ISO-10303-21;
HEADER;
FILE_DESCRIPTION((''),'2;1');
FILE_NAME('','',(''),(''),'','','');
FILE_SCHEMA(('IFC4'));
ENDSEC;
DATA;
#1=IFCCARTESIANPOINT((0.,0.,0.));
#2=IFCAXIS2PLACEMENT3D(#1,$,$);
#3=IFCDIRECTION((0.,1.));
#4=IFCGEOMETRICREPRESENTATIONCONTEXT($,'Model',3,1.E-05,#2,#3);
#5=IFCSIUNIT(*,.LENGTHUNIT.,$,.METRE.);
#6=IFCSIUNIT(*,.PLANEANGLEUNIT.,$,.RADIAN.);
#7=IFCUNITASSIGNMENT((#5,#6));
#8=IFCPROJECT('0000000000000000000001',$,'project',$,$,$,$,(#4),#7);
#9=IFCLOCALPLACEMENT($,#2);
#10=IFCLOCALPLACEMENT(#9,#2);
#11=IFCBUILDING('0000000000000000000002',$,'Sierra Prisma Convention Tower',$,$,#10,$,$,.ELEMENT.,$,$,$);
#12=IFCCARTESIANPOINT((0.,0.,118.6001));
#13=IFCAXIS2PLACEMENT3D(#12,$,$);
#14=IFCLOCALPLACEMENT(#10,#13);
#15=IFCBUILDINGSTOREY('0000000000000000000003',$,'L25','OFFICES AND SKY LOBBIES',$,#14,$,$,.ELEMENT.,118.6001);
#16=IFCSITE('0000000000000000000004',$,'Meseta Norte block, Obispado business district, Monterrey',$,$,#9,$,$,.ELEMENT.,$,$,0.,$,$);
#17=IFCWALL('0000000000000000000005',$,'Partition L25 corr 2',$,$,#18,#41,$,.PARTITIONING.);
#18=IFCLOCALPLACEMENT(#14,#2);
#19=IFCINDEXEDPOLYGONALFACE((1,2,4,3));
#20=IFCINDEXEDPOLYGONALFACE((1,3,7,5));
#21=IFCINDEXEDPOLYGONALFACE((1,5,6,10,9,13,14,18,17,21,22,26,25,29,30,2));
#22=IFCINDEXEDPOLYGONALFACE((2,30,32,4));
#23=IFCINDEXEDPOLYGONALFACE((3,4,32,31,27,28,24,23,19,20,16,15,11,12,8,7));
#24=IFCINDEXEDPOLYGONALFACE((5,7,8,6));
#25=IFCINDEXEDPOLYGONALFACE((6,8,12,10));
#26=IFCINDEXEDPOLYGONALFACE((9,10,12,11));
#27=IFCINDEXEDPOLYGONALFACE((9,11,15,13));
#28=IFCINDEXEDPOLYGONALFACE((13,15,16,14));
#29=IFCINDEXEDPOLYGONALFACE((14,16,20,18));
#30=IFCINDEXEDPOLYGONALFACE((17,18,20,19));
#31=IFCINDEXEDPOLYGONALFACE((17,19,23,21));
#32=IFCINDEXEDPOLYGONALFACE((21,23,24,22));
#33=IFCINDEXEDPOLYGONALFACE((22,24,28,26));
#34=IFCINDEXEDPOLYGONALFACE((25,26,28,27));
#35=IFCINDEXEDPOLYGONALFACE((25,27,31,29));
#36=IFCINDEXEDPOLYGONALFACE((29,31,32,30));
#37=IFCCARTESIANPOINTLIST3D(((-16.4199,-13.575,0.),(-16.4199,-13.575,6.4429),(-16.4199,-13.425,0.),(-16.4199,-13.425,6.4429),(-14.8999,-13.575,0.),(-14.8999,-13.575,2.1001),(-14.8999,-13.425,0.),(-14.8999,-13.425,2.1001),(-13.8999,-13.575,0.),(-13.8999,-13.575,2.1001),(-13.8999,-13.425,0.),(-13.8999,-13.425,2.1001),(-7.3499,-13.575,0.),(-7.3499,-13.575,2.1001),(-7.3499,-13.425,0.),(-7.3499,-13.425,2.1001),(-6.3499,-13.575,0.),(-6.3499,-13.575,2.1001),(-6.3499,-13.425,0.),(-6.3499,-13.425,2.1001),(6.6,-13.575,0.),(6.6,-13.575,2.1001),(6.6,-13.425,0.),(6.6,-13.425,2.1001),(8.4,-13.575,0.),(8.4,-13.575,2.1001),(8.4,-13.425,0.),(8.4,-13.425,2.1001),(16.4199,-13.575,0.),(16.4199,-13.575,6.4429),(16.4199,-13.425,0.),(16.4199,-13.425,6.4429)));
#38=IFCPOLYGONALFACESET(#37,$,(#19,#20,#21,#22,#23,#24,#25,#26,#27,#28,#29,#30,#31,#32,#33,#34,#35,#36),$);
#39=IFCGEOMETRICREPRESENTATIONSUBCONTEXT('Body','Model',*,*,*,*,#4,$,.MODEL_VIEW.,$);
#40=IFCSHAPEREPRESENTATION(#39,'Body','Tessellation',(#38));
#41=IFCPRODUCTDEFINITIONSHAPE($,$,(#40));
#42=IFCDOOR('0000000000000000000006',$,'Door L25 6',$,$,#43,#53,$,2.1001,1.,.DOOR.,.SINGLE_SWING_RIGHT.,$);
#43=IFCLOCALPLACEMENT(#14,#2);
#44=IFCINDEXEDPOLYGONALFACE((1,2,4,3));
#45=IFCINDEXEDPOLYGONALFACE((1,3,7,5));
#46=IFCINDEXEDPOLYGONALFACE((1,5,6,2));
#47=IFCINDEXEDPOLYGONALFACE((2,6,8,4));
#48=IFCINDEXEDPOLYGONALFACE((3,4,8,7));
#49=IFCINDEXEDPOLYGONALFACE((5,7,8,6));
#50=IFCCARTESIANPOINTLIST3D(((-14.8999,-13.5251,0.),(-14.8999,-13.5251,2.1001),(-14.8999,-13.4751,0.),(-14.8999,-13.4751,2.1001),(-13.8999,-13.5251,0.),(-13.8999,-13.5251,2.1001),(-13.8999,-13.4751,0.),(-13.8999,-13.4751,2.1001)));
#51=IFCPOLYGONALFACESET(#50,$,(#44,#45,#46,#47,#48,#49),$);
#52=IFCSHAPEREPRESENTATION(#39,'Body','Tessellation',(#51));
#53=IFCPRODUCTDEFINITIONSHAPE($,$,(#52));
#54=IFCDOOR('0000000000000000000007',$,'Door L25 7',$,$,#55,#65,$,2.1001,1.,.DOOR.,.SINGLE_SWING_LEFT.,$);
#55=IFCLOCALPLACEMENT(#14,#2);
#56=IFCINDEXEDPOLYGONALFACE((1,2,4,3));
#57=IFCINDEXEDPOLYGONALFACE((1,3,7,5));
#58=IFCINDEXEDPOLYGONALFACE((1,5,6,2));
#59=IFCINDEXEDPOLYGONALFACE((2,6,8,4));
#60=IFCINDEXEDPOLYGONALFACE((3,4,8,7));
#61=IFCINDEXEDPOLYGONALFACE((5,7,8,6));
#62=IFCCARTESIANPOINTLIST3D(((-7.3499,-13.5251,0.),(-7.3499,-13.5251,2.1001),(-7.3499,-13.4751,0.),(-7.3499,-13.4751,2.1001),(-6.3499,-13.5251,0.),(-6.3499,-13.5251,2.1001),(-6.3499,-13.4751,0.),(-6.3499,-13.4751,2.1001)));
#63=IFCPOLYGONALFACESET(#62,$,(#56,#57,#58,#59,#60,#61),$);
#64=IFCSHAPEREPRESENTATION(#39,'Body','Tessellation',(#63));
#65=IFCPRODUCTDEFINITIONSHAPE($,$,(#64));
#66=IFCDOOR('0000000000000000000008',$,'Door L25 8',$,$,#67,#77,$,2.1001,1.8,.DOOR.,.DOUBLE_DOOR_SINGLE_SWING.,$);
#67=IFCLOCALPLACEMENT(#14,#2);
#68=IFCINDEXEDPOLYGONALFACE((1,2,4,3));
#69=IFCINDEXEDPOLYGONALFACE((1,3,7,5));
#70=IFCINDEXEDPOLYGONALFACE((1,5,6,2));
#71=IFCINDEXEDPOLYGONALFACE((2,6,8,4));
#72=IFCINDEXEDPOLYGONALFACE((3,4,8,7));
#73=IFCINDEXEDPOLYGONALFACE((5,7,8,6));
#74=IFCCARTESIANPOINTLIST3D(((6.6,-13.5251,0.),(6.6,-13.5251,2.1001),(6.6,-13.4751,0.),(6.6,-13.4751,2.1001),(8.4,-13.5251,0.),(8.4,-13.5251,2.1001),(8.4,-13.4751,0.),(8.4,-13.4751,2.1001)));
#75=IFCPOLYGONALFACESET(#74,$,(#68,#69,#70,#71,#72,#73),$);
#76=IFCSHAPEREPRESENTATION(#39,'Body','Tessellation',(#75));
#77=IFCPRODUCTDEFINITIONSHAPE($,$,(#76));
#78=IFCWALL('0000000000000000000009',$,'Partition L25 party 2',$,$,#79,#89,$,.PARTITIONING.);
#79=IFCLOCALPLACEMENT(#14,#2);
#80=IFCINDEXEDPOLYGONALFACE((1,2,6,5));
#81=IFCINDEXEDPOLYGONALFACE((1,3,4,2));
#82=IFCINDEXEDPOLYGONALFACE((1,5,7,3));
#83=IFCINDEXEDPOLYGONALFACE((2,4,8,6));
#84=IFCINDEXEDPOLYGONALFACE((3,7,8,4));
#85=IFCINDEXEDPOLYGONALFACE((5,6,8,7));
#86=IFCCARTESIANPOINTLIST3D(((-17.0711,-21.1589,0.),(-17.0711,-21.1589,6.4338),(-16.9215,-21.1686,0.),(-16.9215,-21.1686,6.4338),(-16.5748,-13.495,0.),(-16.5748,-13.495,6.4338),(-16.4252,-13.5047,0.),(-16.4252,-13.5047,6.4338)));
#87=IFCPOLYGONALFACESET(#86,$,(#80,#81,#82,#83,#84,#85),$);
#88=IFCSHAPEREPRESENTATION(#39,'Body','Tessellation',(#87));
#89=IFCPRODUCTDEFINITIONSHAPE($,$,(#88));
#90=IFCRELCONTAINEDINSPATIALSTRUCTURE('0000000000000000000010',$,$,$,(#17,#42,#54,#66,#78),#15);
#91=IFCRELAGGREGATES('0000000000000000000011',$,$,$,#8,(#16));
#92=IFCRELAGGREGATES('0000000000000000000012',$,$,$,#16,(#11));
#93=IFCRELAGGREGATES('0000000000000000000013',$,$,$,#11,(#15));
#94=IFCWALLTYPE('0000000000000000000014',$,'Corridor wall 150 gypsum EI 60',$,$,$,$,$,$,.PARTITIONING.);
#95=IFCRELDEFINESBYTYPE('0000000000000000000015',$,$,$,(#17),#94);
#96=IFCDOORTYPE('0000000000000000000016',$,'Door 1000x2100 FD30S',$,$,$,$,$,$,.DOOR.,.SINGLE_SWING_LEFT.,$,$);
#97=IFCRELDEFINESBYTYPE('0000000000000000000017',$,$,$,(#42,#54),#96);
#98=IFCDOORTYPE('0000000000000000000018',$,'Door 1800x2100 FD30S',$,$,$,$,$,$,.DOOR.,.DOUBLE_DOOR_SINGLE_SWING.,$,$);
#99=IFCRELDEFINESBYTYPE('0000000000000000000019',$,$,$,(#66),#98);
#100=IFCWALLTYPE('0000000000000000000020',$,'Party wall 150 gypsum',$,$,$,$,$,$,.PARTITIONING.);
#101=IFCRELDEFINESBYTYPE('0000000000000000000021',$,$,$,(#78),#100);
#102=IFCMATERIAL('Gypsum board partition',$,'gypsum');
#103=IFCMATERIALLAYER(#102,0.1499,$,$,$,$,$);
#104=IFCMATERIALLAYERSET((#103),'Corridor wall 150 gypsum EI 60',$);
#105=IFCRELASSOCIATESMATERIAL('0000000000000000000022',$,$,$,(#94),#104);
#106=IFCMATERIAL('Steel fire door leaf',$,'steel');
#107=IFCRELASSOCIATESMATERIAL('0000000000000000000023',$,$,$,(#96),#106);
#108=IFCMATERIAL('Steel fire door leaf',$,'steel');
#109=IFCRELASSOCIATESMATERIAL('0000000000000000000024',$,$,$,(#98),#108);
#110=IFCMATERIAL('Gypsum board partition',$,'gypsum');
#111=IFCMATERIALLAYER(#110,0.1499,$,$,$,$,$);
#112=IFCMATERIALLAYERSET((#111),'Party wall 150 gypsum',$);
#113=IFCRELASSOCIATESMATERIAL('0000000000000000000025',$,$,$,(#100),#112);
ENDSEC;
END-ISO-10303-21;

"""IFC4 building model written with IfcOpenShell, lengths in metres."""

from ifc_helpers import new_model, si_unit, direction, frame, frame_2d, origin, place, context, subcontext, project, spatial, rectangle, extrude, material, layer, layer_set, type_object, element, fill, save


model = new_model("IFC4")

# Units and contexts
model_context = context("Model", 3, precision=1e-05, world=origin(), true_north=direction((0.0, 1.0)))
body_context = subcontext(model_context, "Body", "Model", "MODEL_VIEW")
ifc_project = project(units=[si_unit("LENGTHUNIT", "METRE"), si_unit("PLANEANGLEUNIT", "RADIAN")], contexts=[model_context])

# Site, building, storey
site_placement = place(None, origin())
site = spatial("IfcSite", under=ifc_project, at=site_placement, Name="Meseta Norte block, Obispado business district, Monterrey", CompositionType="ELEMENT", RefElevation=0.0)
building_placement = place(site_placement, origin())
building = spatial("IfcBuilding", under=site, at=building_placement, Name="Sierra Prisma Convention Tower", CompositionType="ELEMENT")
storey_placement = place(building_placement, frame((0.0, 0.0, 118.6001)))
storey = spatial("IfcBuildingStorey", under=building, at=storey_placement, Name="L25", Description="OFFICES AND SKY LOBBIES", CompositionType="ELEMENT", Elevation=118.6001)

# Wall, openings, doors
ifc_material_1 = material(Name="Gypsum board partition", Category="gypsum")
ifc_layer_1 = layer(ifc_material_1, 0.1499)
ifc_layer_set_1 = layer_set([ifc_layer_1], Name="Corridor wall 150 gypsum EI 60")
wall_type_1 = type_object("IfcWallType", Name="Corridor wall 150 gypsum EI 60", PredefinedType="PARTITIONING", material=ifc_layer_set_1)
wall_1_placement = place(storey_placement, frame((-16.4199, -13.5, 0.0), z_axis=(0.0, 0.0, 1.0), x_axis=(1.0, 0.0, 0.0)))
wall_1 = element("IfcWall", 1, at=wall_1_placement, inside=storey, type_object=wall_type_1, Name="Partition L25 corr 2", PredefinedType="PARTITIONING", context=body_context, shape_type="SweptSolid", body=[
    extrude(rectangle(XDim=32.8398, YDim=0.1499, at=frame_2d((16.4199, 0.0))), origin(), (0.0, 0.0, 1.0), 6.4429),
])
opening_1_placement = place(wall_1_placement, frame((1.52, 0.0, 0.0)))
opening_1 = element("IfcOpeningElement", 2, at=opening_1_placement, cuts=wall_1, PredefinedType="OPENING", context=body_context, shape_type="SweptSolid", body=[
    extrude(rectangle(XDim=1.0, YDim=2.1001, at=frame_2d((0.5, 1.05))), frame((0.0, 0.075, 0.0), z_axis=(0.0, -1.0, 0.0), x_axis=(1.0, 0.0, 0.0)), (0.0, 0.0, 1.0), 0.1499),
])
opening_2_placement = place(wall_1_placement, frame((9.0701, 0.0, 0.0)))
opening_2 = element("IfcOpeningElement", 3, at=opening_2_placement, cuts=wall_1, PredefinedType="OPENING", context=body_context, shape_type="SweptSolid", body=[
    extrude(rectangle(XDim=1.0, YDim=2.1001, at=frame_2d((0.5, 1.05))), frame((0.0, 0.075, 0.0), z_axis=(0.0, -1.0, 0.0), x_axis=(1.0, 0.0, 0.0)), (0.0, 0.0, 1.0), 0.1499),
])
opening_3_placement = place(wall_1_placement, frame((23.02, 0.0, 0.0)))
opening_3 = element("IfcOpeningElement", 4, at=opening_3_placement, cuts=wall_1, PredefinedType="OPENING", context=body_context, shape_type="SweptSolid", body=[
    extrude(rectangle(XDim=1.8, YDim=2.1001, at=frame_2d((0.8999, 1.05))), frame((0.0, 0.075, 0.0), z_axis=(0.0, -1.0, 0.0), x_axis=(1.0, 0.0, 0.0)), (0.0, 0.0, 1.0), 0.1499),
])
ifc_material_2 = material(Name="Steel fire door leaf", Category="steel")
door_type_1 = type_object("IfcDoorType", Name="Door 1000x2100 FD30S", OperationType="SINGLE_SWING_LEFT", PredefinedType="DOOR", material=ifc_material_2)
door_1_placement = place(opening_1_placement, origin())
door_1 = element("IfcDoor", 5, at=door_1_placement, inside=storey, type_object=door_type_1, Name="Door L25 6", OperationType="SINGLE_SWING_RIGHT", OverallHeight=2.1001, OverallWidth=1.0, PredefinedType="DOOR", context=body_context, shape_type="SweptSolid", body=[
    extrude(rectangle(XDim=1.0, YDim=2.1001, at=frame_2d((0.5, 1.05))), frame((0.0, 0.0249, 0.0), z_axis=(0.0, -1.0, 0.0), x_axis=(1.0, 0.0, 0.0)), (0.0, 0.0, 1.0), 0.05),
])
fill(opening_1, door_1)
door_2_placement = place(opening_2_placement, origin())
door_2 = element("IfcDoor", 6, at=door_2_placement, inside=storey, type_object=door_type_1, Name="Door L25 7", OperationType="SINGLE_SWING_LEFT", OverallHeight=2.1001, OverallWidth=1.0, PredefinedType="DOOR", context=body_context, shape_type="SweptSolid", body=[
    extrude(rectangle(XDim=1.0, YDim=2.1001, at=frame_2d((0.5, 1.05))), frame((0.0, 0.0249, 0.0), z_axis=(0.0, -1.0, 0.0), x_axis=(1.0, 0.0, 0.0)), (0.0, 0.0, 1.0), 0.05),
])
fill(opening_2, door_2)
ifc_material_3 = material(Name="Steel fire door leaf", Category="steel")
door_type_2 = type_object("IfcDoorType", Name="Door 1800x2100 FD30S", OperationType="DOUBLE_DOOR_SINGLE_SWING", PredefinedType="DOOR", material=ifc_material_3)
door_3_placement = place(opening_3_placement, origin())
door_3 = element("IfcDoor", 7, at=door_3_placement, inside=storey, type_object=door_type_2, Name="Door L25 8", OperationType="DOUBLE_DOOR_SINGLE_SWING", OverallHeight=2.1001, OverallWidth=1.8, PredefinedType="DOOR", context=body_context, shape_type="SweptSolid", body=[
    extrude(rectangle(XDim=1.8, YDim=2.1001, at=frame_2d((0.8999, 1.05))), frame((0.0, 0.0249, 0.0), z_axis=(0.0, -1.0, 0.0), x_axis=(1.0, 0.0, 0.0)), (0.0, 0.0, 1.0), 0.05),
])
fill(opening_3, door_3)

# Wall
ifc_material_4 = material(Name="Gypsum board partition", Category="gypsum")
ifc_layer_2 = layer(ifc_material_4, 0.1499)
ifc_layer_set_2 = layer_set([ifc_layer_2], Name="Party wall 150 gypsum")
wall_type_2 = type_object("IfcWallType", Name="Party wall 150 gypsum", PredefinedType="PARTITIONING", material=ifc_layer_set_2)
wall_2_placement = place(storey_placement, frame((-16.5, -13.5, 0.0), z_axis=(0.0, 0.0, 1.0), x_axis=(-0.064628, -0.997909, 0.0)))
element("IfcWall", 8, at=wall_2_placement, inside=storey, type_object=wall_type_2, Name="Partition L25 party 2", PredefinedType="PARTITIONING", context=body_context, shape_type="SweptSolid", body=[
    extrude(rectangle(XDim=7.6799, YDim=0.1499, at=frame_2d((3.8398, 0.0))), origin(), (0.0, 0.0, 1.0), 6.4338),
])

save(model, "model.ifc")
